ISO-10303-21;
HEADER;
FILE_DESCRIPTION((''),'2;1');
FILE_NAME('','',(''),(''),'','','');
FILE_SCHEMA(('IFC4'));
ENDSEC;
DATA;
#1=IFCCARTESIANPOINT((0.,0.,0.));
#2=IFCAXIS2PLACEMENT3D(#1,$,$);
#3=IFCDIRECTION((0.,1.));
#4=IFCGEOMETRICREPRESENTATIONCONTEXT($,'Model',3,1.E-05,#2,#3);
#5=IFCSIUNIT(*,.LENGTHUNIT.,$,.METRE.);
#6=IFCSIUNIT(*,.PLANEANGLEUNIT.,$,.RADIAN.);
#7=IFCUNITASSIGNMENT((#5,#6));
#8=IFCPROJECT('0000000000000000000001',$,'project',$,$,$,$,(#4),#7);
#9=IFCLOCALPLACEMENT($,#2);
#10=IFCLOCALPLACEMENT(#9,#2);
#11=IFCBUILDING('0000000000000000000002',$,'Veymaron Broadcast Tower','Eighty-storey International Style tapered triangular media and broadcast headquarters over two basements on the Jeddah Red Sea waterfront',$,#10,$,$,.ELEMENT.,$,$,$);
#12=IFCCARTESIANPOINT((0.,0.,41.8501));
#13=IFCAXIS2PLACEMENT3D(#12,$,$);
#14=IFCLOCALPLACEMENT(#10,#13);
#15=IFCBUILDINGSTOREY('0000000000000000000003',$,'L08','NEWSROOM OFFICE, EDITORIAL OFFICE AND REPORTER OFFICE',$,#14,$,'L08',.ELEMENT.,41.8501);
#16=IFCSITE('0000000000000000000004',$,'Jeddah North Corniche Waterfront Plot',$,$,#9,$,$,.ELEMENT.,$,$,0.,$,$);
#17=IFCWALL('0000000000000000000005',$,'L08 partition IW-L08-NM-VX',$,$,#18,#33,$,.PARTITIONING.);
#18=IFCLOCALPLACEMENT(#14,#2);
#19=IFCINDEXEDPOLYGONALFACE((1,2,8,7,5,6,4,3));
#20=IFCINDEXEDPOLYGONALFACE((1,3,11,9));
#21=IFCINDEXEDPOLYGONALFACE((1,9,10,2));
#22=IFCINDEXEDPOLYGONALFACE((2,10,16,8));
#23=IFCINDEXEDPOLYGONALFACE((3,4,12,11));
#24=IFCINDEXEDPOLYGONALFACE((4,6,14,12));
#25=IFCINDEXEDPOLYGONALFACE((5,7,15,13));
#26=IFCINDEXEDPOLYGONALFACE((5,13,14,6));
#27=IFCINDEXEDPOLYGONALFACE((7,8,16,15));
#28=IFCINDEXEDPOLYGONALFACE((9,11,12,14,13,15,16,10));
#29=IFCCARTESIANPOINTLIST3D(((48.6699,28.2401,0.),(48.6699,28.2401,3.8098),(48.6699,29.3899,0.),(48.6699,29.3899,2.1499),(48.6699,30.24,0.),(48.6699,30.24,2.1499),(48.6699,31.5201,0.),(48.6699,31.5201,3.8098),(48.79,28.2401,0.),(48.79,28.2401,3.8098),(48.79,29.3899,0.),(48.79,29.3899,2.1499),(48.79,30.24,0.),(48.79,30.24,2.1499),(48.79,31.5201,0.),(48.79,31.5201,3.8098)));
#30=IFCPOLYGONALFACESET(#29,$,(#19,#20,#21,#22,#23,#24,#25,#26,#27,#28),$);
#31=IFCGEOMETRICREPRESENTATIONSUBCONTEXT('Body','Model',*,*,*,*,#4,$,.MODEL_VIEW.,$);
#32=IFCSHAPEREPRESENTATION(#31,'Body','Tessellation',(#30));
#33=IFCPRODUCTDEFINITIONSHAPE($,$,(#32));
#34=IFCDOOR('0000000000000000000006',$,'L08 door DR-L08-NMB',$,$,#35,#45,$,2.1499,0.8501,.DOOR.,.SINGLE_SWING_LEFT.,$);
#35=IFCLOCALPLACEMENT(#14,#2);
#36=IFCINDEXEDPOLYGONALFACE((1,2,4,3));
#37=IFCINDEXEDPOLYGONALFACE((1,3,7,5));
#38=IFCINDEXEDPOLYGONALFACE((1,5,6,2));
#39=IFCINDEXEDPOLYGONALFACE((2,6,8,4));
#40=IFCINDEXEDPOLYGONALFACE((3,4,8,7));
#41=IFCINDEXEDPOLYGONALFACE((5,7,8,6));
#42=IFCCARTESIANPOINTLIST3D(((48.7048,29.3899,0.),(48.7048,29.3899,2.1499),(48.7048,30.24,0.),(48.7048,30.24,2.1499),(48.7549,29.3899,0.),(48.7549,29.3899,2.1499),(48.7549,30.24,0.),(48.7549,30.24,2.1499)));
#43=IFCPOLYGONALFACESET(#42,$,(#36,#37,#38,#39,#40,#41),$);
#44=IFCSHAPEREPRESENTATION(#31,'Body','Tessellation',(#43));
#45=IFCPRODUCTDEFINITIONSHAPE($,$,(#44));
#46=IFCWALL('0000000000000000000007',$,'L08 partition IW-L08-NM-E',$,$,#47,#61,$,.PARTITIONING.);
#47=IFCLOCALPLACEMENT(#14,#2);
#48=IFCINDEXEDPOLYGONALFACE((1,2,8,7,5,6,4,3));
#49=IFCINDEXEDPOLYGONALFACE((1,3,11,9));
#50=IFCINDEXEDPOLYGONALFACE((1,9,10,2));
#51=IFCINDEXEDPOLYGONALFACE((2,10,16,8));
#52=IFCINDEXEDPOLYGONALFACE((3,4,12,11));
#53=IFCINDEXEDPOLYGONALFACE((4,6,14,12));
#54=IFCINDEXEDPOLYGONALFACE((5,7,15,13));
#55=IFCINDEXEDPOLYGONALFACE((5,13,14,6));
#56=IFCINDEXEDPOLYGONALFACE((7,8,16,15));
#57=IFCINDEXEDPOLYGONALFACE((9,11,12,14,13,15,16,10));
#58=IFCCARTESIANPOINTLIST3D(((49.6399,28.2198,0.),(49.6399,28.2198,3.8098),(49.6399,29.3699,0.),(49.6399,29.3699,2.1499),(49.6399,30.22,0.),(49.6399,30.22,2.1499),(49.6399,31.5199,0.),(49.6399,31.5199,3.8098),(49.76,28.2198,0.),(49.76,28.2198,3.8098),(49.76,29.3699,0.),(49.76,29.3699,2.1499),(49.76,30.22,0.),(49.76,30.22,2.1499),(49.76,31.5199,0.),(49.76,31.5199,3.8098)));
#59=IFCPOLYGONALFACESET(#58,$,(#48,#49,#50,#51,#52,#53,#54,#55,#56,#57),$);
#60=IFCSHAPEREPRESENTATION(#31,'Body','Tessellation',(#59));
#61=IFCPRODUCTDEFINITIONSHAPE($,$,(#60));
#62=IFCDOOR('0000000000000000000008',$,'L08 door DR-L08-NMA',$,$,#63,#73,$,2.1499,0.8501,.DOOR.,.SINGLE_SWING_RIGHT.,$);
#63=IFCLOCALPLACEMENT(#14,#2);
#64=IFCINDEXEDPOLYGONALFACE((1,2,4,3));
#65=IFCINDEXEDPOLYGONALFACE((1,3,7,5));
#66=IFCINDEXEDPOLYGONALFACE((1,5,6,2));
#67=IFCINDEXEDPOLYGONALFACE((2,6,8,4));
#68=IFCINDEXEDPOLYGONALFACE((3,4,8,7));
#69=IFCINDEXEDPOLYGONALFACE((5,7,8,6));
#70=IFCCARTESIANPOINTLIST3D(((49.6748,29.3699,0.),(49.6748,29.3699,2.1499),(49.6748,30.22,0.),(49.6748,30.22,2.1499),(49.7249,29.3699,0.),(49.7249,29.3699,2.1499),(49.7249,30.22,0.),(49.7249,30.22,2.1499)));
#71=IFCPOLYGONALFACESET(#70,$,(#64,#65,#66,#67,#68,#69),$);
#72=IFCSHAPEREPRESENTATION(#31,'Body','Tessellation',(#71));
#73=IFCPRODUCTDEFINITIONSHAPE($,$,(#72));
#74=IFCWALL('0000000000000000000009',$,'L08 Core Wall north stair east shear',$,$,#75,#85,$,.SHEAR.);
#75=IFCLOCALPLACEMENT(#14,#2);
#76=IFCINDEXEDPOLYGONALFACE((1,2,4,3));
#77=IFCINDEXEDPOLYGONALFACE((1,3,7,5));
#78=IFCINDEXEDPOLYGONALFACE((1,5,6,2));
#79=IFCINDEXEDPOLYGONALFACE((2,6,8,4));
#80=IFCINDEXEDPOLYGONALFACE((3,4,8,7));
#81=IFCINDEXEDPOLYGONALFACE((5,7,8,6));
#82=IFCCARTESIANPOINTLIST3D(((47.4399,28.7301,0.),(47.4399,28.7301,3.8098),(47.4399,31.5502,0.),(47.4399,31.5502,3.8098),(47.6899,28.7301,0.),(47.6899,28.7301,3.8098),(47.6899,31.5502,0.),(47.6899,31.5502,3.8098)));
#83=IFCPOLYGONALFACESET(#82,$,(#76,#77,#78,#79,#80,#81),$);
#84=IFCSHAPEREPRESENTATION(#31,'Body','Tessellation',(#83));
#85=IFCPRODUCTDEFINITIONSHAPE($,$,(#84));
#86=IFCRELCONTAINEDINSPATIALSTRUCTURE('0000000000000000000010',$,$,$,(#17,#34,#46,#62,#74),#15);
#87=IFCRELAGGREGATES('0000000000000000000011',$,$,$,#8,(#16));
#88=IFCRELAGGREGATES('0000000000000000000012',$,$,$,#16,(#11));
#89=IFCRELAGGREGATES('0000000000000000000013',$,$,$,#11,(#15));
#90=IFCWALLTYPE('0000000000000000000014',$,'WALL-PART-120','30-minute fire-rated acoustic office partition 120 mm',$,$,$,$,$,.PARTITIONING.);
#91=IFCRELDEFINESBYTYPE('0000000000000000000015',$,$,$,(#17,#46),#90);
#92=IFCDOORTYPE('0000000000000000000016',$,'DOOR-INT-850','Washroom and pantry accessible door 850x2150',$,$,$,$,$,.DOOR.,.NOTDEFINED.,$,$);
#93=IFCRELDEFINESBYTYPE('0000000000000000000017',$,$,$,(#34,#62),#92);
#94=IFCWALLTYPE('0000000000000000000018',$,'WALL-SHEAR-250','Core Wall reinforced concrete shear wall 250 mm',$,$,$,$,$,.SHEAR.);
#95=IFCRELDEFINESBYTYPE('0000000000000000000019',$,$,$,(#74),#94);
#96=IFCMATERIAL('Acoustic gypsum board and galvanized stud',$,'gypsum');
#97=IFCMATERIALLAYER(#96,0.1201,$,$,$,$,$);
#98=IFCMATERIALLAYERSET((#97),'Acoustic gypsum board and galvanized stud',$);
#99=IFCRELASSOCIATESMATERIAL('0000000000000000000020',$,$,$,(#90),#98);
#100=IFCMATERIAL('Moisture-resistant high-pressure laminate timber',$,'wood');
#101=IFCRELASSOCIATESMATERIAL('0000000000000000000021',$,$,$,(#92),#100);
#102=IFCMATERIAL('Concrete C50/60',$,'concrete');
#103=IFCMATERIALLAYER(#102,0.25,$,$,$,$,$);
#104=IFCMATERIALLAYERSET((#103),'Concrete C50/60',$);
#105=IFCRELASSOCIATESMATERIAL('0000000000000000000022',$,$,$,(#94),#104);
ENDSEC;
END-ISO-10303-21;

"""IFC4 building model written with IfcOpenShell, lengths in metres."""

from ifc_helpers import new_model, si_unit, direction, frame, frame_2d, origin, place, context, subcontext, project, spatial, rectangle, extrude, material, layer, layer_set, type_object, element, fill, save


model = new_model("IFC4")

# Units and contexts
model_context = context("Model", 3, precision=1e-05, world=origin(), true_north=direction((0.0, 1.0)))
body_context = subcontext(model_context, "Body", "Model", "MODEL_VIEW")
ifc_project = project(units=[si_unit("LENGTHUNIT", "METRE"), si_unit("PLANEANGLEUNIT", "RADIAN")], contexts=[model_context])

# Site, building, storey
site_placement = place(None, origin())
site = spatial("IfcSite", under=ifc_project, at=site_placement, Name="Jeddah North Corniche Waterfront Plot", CompositionType="ELEMENT", RefElevation=0.0)
building_placement = place(site_placement, origin())
building = spatial("IfcBuilding", under=site, at=building_placement, Name="Veymaron Broadcast Tower", Description="Eighty-storey International Style tapered triangular media and broadcast headquarters over two basements on the Jeddah Red Sea waterfront", CompositionType="ELEMENT")
storey_placement = place(building_placement, frame((0.0, 0.0, 41.8501)))
storey = spatial("IfcBuildingStorey", under=building, at=storey_placement, Name="L08", Description="NEWSROOM OFFICE, EDITORIAL OFFICE AND REPORTER OFFICE", LongName="L08", CompositionType="ELEMENT", Elevation=41.8501)

# Walls, openings, doors
ifc_material_1 = material(Name="Acoustic gypsum board and galvanized stud", Category="gypsum")
ifc_layer_1 = layer(ifc_material_1, 0.1201)
ifc_layer_set_1 = layer_set([ifc_layer_1], Name="Acoustic gypsum board and galvanized stud")
wall_type_1 = type_object("IfcWallType", Name="WALL-PART-120", Description="30-minute fire-rated acoustic office partition 120 mm", PredefinedType="PARTITIONING", material=ifc_layer_set_1)
wall_1_placement = place(storey_placement, frame((48.73, 28.24, 0.0), z_axis=(0.0, 0.0, 1.0), x_axis=(0.0, 1.0, 0.0)))
wall_1 = element("IfcWall", 1, at=wall_1_placement, inside=storey, type_object=wall_type_1, Name="L08 partition IW-L08-NM-VX", PredefinedType="PARTITIONING", context=body_context, shape_type="SweptSolid", body=[
    extrude(rectangle(XDim=3.28, YDim=0.1201, at=frame_2d((1.6401, 0.0))), origin(), (0.0, 0.0, 1.0), 3.8098),
])
opening_1_placement = place(wall_1_placement, frame((1.1499, 0.0, 0.0)))
opening_1 = element("IfcOpeningElement", 2, at=opening_1_placement, cuts=wall_1, PredefinedType="OPENING", context=body_context, shape_type="SweptSolid", body=[
    extrude(rectangle(XDim=0.8501, YDim=2.1499, at=frame_2d((0.425, 1.075))), frame((0.0, 0.0701, 0.0), z_axis=(0.0, -1.0, 0.0), x_axis=(1.0, 0.0, 0.0)), (0.0, 0.0, 1.0), 0.1401),
])
ifc_material_2 = material(Name="Moisture-resistant high-pressure laminate timber", Category="wood")
door_type_1 = type_object("IfcDoorType", Name="DOOR-INT-850", Description="Washroom and pantry accessible door 850x2150", OperationType="NOTDEFINED", PredefinedType="DOOR", material=ifc_material_2)
door_1_placement = place(opening_1_placement, frame((0.8501, 0.0, 0.0), z_axis=(0.0, 0.0, 1.0), x_axis=(-1.0, 0.0, 0.0)))
door_1 = element("IfcDoor", 3, at=door_1_placement, inside=storey, type_object=door_type_1, Name="L08 door DR-L08-NMB", OperationType="SINGLE_SWING_LEFT", OverallHeight=2.1499, OverallWidth=0.8501, PredefinedType="DOOR", context=body_context, shape_type="SweptSolid", body=[
    extrude(rectangle(XDim=0.8501, YDim=2.1499, at=frame_2d((0.425, 1.075))), frame((0.0, 0.0249, 0.0), z_axis=(0.0, -1.0, 0.0), x_axis=(1.0, 0.0, 0.0)), (0.0, 0.0, 1.0), 0.05),
])
fill(opening_1, door_1)
wall_2_placement = place(storey_placement, frame((49.7, 28.22, 0.0), z_axis=(0.0, 0.0, 1.0), x_axis=(0.0, 1.0, 0.0)))
wall_2 = element("IfcWall", 4, at=wall_2_placement, inside=storey, type_object=wall_type_1, Name="L08 partition IW-L08-NM-E", PredefinedType="PARTITIONING", context=body_context, shape_type="SweptSolid", body=[
    extrude(rectangle(XDim=3.3, YDim=0.1201, at=frame_2d((1.6499, 0.0))), origin(), (0.0, 0.0, 1.0), 3.8098),
])
opening_2_placement = place(wall_2_placement, frame((1.1499, 0.0, 0.0)))
opening_2 = element("IfcOpeningElement", 5, at=opening_2_placement, cuts=wall_2, PredefinedType="OPENING", context=body_context, shape_type="SweptSolid", body=[
    extrude(rectangle(XDim=0.8501, YDim=2.1499, at=frame_2d((0.425, 1.075))), frame((0.0, 0.0701, 0.0), z_axis=(0.0, -1.0, 0.0), x_axis=(1.0, 0.0, 0.0)), (0.0, 0.0, 1.0), 0.1401),
])
door_2_placement = place(opening_2_placement, frame((0.8501, 0.0, 0.0), z_axis=(0.0, 0.0, 1.0), x_axis=(-1.0, 0.0, 0.0)))
door_2 = element("IfcDoor", 6, at=door_2_placement, inside=storey, type_object=door_type_1, Name="L08 door DR-L08-NMA", OperationType="SINGLE_SWING_RIGHT", OverallHeight=2.1499, OverallWidth=0.8501, PredefinedType="DOOR", context=body_context, shape_type="SweptSolid", body=[
    extrude(rectangle(XDim=0.8501, YDim=2.1499, at=frame_2d((0.425, 1.075))), frame((0.0, 0.0249, 0.0), z_axis=(0.0, -1.0, 0.0), x_axis=(1.0, 0.0, 0.0)), (0.0, 0.0, 1.0), 0.05),
])
fill(opening_2, door_2)

# Wall
ifc_material_3 = material(Name="Concrete C50/60", Category="concrete")
ifc_layer_2 = layer(ifc_material_3, 0.25)
ifc_layer_set_2 = layer_set([ifc_layer_2], Name="Concrete C50/60")
wall_type_2 = type_object("IfcWallType", Name="WALL-SHEAR-250", Description="Core Wall reinforced concrete shear wall 250 mm", PredefinedType="SHEAR", material=ifc_layer_set_2)
wall_3_placement = place(storey_placement, frame((47.5649, 28.73, 0.0), z_axis=(0.0, 0.0, 1.0), x_axis=(0.0, 1.0, 0.0)))
element("IfcWall", 7, at=wall_3_placement, inside=storey, type_object=wall_type_2, Name="L08 Core Wall north stair east shear", PredefinedType="SHEAR", context=body_context, shape_type="SweptSolid", body=[
    extrude(rectangle(XDim=2.8201, YDim=0.25, at=frame_2d((1.4102, 0.0))), origin(), (0.0, 0.0, 1.0), 3.8098),
])

save(model, "model.ifc")
